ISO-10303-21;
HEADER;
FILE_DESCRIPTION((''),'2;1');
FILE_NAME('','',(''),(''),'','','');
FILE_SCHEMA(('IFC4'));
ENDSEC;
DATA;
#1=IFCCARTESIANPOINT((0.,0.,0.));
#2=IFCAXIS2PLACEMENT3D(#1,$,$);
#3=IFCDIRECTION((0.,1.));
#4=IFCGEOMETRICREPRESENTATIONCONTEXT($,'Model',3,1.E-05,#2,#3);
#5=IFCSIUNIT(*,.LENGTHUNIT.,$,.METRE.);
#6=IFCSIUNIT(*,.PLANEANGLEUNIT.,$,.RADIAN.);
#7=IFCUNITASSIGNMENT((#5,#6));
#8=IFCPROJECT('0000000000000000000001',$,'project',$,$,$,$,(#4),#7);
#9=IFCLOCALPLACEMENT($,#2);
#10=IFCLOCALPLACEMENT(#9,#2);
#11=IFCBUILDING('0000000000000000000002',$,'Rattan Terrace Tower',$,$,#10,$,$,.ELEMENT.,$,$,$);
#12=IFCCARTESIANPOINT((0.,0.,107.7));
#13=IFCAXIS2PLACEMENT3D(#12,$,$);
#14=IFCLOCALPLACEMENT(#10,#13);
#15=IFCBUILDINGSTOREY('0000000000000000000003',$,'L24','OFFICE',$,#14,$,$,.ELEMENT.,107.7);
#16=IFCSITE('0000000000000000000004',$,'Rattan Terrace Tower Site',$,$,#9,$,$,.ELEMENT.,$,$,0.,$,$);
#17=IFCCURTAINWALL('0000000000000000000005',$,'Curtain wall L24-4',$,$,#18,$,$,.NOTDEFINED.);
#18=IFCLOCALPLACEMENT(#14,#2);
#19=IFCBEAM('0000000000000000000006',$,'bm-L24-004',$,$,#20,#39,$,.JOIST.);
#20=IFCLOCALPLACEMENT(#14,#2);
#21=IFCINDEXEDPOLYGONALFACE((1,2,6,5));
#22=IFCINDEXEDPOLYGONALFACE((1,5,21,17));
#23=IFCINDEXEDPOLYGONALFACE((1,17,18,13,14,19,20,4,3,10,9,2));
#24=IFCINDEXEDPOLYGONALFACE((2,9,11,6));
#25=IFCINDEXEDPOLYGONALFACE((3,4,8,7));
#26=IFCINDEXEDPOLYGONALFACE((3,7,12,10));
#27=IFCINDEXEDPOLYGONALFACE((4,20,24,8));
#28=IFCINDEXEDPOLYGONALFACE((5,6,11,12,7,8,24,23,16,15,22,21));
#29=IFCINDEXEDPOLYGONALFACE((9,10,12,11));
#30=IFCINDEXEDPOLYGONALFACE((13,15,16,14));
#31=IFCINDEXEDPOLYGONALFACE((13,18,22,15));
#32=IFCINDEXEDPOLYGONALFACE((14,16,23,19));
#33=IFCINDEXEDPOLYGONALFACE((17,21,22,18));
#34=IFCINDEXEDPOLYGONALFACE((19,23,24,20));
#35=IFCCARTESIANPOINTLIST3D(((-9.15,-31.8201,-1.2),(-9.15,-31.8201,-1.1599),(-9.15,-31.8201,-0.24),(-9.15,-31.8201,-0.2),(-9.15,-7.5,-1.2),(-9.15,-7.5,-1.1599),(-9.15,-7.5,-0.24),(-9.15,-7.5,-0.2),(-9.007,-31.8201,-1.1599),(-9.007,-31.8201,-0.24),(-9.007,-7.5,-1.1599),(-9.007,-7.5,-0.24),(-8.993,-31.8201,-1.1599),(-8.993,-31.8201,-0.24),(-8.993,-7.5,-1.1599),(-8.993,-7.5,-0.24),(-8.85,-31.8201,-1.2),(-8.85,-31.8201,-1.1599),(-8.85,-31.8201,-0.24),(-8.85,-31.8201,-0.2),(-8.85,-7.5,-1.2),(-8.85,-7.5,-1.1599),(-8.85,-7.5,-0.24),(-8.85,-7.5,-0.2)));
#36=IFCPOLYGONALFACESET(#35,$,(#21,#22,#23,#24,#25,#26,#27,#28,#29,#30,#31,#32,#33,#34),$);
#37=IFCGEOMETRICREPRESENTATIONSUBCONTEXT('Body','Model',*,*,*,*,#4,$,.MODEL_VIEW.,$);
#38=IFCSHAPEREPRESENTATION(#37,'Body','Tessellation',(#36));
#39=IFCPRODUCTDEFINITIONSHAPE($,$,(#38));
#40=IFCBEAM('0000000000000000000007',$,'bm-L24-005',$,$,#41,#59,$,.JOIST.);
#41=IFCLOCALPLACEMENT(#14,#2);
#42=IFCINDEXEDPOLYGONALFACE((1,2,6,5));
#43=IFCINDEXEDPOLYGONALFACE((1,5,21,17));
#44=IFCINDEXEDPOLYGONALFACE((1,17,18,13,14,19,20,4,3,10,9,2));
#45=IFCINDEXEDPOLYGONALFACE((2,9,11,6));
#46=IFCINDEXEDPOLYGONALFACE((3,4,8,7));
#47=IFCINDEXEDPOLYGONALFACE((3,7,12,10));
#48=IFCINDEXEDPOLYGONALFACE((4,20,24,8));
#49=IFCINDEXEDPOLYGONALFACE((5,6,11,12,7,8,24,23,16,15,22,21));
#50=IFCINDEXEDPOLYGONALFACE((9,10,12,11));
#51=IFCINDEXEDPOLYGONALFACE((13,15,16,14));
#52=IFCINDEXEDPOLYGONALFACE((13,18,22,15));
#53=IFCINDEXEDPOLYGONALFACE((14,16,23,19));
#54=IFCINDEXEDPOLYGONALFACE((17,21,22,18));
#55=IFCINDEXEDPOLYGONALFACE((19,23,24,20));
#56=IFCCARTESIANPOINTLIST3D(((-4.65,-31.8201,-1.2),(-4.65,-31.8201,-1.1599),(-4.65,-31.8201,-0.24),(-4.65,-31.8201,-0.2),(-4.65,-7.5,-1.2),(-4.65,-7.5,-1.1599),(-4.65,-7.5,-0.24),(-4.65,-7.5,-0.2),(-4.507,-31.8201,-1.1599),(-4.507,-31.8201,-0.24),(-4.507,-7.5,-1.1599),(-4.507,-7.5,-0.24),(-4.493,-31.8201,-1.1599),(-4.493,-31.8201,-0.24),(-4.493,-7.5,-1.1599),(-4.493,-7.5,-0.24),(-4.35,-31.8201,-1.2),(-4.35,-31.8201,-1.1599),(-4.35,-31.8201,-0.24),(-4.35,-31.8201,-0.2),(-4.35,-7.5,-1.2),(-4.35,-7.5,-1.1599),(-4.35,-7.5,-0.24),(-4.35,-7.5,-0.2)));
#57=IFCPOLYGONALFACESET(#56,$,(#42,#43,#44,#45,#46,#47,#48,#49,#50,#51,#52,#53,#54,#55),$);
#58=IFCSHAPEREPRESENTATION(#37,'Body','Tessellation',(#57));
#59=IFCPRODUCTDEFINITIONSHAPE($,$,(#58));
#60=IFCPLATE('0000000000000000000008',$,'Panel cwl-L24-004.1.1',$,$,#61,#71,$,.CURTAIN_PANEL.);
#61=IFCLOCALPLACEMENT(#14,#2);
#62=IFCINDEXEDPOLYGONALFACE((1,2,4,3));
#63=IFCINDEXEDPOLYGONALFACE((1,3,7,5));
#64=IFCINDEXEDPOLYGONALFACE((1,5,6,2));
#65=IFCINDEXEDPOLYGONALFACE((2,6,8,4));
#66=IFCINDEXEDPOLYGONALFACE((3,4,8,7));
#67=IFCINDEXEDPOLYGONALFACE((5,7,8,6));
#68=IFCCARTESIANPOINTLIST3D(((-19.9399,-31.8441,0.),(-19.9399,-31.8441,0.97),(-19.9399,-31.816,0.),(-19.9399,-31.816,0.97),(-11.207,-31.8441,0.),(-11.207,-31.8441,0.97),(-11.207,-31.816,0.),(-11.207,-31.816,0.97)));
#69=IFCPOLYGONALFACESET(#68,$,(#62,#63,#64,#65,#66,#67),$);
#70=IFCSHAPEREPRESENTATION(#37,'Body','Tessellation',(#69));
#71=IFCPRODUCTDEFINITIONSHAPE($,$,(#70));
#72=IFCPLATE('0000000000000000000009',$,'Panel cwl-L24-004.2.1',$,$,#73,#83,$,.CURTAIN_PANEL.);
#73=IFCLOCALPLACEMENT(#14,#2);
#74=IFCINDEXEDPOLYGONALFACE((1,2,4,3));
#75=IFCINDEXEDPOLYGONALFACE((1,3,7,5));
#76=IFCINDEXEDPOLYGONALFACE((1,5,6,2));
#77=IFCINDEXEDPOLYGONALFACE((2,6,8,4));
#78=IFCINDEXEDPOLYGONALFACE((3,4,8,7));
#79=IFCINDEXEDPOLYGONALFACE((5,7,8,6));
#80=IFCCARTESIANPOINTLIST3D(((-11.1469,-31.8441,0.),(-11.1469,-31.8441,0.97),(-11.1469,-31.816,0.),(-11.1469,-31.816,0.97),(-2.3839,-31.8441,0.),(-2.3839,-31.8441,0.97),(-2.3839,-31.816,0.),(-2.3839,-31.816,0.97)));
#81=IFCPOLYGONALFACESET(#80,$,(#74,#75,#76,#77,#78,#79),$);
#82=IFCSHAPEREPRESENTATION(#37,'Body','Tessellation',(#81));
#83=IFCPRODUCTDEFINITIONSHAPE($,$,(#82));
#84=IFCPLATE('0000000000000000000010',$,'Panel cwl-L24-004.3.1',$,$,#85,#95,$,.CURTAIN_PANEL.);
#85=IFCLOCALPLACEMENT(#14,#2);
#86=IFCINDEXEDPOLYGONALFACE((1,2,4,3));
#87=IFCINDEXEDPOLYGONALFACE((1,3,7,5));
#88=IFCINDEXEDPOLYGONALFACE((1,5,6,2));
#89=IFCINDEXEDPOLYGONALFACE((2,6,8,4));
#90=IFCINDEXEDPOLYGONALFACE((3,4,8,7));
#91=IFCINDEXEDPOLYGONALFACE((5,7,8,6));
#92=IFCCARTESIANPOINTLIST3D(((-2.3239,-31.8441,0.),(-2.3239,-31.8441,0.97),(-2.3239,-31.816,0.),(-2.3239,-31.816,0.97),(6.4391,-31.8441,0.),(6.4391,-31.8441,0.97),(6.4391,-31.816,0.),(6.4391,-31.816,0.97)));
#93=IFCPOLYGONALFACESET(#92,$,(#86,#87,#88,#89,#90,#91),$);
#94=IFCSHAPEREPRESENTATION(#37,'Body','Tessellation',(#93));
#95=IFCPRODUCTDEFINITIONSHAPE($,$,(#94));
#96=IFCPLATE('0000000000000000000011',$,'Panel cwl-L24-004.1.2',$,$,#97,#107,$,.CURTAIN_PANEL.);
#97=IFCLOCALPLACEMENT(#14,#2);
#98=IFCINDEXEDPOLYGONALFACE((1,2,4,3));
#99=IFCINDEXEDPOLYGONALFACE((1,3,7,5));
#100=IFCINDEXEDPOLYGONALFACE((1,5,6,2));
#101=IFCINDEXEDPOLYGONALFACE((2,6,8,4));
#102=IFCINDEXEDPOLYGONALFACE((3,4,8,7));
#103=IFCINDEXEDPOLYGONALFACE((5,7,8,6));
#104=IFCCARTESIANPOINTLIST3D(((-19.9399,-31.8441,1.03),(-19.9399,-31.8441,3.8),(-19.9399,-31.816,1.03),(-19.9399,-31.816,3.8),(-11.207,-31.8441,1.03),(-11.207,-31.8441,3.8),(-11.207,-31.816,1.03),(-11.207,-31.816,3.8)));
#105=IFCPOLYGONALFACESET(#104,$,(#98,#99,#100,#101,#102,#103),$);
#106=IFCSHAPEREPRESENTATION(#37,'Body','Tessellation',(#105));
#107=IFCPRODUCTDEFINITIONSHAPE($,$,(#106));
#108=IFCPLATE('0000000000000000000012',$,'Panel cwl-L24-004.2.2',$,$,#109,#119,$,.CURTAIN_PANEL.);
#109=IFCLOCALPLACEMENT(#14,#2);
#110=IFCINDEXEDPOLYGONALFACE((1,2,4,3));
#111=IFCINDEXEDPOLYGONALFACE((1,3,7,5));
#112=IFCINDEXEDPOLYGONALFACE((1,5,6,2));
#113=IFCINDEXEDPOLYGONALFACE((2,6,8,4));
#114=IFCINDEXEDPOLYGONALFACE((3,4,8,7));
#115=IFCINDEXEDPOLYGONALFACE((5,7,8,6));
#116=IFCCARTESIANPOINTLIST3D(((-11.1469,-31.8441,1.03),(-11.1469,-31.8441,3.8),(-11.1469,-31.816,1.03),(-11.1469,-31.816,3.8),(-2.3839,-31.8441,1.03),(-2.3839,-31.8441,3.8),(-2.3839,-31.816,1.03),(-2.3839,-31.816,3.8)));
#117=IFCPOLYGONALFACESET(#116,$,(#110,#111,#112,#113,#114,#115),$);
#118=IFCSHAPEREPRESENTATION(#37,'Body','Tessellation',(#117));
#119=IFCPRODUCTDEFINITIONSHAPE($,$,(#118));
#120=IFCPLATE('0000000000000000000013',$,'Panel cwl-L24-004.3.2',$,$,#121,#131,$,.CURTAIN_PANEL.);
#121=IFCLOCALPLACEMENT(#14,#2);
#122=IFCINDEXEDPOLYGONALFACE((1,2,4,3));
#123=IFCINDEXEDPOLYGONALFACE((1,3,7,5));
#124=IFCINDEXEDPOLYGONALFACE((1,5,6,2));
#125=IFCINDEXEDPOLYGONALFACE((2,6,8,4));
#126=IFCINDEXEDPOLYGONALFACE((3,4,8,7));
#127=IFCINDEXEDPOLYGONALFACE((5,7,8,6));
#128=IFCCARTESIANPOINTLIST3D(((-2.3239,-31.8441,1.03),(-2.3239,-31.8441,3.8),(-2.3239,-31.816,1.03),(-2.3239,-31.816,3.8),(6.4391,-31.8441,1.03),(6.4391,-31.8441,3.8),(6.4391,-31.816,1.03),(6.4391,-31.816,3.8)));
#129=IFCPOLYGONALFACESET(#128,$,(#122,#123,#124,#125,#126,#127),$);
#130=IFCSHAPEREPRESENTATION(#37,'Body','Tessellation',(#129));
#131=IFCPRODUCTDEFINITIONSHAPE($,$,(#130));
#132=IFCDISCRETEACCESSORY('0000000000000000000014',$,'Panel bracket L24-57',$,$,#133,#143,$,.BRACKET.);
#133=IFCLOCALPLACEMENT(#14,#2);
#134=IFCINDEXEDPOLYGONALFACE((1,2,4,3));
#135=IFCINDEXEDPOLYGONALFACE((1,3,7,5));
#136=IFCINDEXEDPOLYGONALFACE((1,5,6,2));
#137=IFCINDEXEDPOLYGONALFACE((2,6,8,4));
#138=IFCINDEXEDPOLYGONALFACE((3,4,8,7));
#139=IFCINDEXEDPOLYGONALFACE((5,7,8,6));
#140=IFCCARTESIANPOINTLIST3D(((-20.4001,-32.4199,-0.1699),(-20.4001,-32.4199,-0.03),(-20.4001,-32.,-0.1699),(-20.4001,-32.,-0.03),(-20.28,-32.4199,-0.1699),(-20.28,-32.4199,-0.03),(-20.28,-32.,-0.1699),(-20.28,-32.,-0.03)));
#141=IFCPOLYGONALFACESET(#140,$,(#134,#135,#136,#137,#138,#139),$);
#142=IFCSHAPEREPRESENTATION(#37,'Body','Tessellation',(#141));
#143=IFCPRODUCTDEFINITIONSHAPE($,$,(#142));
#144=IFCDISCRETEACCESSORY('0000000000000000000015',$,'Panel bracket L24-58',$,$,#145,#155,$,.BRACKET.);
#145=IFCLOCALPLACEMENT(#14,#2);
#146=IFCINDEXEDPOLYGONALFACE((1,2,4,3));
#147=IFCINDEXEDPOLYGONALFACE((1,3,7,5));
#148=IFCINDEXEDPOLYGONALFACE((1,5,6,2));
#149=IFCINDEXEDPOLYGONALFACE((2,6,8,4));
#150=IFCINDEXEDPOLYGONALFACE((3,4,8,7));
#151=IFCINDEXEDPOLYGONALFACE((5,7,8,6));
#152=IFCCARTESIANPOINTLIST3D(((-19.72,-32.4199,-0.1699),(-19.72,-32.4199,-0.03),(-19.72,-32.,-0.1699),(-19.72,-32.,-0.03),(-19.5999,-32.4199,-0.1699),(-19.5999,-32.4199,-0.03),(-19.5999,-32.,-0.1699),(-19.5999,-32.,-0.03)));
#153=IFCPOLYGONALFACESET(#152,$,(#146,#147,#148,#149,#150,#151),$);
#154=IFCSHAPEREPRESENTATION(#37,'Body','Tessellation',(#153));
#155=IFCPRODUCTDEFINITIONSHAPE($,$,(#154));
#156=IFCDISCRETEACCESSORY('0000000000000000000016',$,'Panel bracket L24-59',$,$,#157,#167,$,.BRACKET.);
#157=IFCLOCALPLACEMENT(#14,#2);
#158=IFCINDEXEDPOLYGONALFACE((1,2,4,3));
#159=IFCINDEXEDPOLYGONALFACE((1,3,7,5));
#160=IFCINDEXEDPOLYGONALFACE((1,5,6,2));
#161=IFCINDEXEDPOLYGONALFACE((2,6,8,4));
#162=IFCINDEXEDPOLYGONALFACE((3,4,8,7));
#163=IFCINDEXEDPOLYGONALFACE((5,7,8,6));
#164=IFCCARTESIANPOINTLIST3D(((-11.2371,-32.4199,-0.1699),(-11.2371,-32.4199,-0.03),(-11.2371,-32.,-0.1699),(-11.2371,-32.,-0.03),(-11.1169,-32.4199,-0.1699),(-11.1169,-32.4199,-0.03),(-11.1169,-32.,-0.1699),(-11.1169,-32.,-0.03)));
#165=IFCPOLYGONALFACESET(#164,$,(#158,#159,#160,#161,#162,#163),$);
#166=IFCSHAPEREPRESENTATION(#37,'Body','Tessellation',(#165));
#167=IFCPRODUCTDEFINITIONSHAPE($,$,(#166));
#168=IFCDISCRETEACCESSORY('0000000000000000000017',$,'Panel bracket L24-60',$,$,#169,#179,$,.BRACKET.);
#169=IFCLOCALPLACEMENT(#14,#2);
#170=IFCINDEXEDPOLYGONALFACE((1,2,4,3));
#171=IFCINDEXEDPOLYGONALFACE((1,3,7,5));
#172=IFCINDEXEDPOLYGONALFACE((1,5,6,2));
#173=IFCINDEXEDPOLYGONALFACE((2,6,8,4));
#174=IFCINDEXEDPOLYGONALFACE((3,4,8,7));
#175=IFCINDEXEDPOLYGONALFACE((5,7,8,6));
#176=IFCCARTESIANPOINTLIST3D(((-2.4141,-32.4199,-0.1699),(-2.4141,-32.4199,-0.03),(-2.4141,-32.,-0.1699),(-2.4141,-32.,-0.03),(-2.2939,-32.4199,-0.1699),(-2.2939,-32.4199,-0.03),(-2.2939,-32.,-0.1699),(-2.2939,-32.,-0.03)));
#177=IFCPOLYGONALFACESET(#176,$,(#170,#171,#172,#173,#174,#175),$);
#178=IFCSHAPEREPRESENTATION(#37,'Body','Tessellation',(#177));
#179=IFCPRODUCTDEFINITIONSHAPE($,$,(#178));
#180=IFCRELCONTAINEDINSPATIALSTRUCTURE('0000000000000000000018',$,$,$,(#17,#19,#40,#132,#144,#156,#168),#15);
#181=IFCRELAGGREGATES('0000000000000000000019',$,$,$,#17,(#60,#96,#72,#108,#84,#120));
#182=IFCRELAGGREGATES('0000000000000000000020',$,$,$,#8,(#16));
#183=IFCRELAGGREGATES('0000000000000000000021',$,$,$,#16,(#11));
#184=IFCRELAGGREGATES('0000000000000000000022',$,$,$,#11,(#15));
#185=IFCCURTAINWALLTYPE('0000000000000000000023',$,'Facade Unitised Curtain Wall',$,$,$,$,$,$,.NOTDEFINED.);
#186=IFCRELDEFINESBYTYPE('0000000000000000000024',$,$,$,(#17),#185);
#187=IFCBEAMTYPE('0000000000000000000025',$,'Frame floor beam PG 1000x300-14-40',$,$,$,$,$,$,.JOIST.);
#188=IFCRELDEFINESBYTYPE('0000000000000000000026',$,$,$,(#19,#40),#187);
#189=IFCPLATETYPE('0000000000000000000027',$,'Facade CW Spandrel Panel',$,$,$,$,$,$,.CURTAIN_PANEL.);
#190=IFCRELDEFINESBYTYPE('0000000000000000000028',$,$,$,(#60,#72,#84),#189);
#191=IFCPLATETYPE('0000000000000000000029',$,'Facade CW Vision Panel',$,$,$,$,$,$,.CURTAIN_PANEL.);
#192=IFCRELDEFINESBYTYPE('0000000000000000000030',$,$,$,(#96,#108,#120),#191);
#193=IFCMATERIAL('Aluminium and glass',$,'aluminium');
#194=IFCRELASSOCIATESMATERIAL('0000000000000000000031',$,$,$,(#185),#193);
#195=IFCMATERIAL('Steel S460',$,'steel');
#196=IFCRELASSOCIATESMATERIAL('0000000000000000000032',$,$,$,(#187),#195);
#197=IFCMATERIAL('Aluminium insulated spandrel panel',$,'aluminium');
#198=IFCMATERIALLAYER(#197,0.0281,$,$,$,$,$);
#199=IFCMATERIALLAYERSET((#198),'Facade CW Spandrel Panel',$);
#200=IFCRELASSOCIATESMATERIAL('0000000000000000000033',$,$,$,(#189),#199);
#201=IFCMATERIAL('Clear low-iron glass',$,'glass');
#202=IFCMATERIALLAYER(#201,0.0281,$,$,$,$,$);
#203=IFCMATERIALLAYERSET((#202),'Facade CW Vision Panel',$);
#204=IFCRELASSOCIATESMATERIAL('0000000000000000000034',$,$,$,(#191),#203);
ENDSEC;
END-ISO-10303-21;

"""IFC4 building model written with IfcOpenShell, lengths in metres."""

from ifc_helpers import new_model, si_unit, direction, frame, origin, origin_2d, place, context, subcontext, project, spatial, rectangle, i_section, extrude, material, layer, layer_set, material_profile, profile_set, type_object, element, aggregate, save


model = new_model("IFC4")

# Units and contexts
model_context = context("Model", 3, precision=1e-05, world=origin(), true_north=direction((0.0, 1.0)))
body_context = subcontext(model_context, "Body", "Model", "MODEL_VIEW")
ifc_project = project(units=[si_unit("LENGTHUNIT", "METRE"), si_unit("PLANEANGLEUNIT", "RADIAN")], contexts=[model_context])

# Site, building, storey
site_placement = place(None, origin())
site = spatial("IfcSite", under=ifc_project, at=site_placement, Name="Rattan Terrace Tower Site", CompositionType="ELEMENT", RefElevation=0.0)
building_placement = place(site_placement, origin())
building = spatial("IfcBuilding", under=site, at=building_placement, Name="Rattan Terrace Tower", CompositionType="ELEMENT")
storey_placement = place(building_placement, frame((0.0, 0.0, 107.7)))
storey = spatial("IfcBuildingStorey", under=building, at=storey_placement, Name="L24", Description="OFFICE", CompositionType="ELEMENT", Elevation=107.7)

# Curtain wall
ifc_material_1 = material(Name="Aluminium and glass", Category="aluminium")
curtain_wall_type = type_object("IfcCurtainWallType", Name="Facade Unitised Curtain Wall", PredefinedType="NOTDEFINED", material=ifc_material_1)
curtain_wall_placement = place(storey_placement, origin())
curtain_wall = element("IfcCurtainWall", 1, at=curtain_wall_placement, inside=storey, type_object=curtain_wall_type, Name="Curtain wall L24-4", PredefinedType="NOTDEFINED")

# Beams
ifc_material_2 = material(Name="Steel S460", Category="steel")
ifc_material_profile_1 = material_profile(ifc_material_2, i_section(OverallWidth=0.3, OverallDepth=1.0, WebThickness=0.0139, FlangeThickness=0.04, at=origin_2d()), Name="PG 1000x300-14-40")
ifc_profile_set_1 = profile_set([ifc_material_profile_1], Name="Steel S460")
beam_type_1 = type_object("IfcBeamType", Name="Frame floor beam PG 1000x300-14-40", PredefinedType="JOIST", material=ifc_profile_set_1)
for number, where, z_axis, x_axis, name in (
    (2, (-9.0, -31.8201, -0.7), (0.0, 1.0, 0.0), (-1.0, 0.0, 0.0), "bm-L24-004"),
    (3, (-4.5, -31.8201, -0.7), (0.0, 1.0, 0.0), (-1.0, 0.0, 0.0), "bm-L24-005"),
):
    element("IfcBeam", number, at=place(storey_placement, frame(where, z_axis=z_axis, x_axis=x_axis)), inside=storey, type_object=beam_type_1, Name=name, PredefinedType="JOIST", context=body_context, shape_type="SweptSolid", body=[
        extrude(i_section(OverallWidth=0.3, OverallDepth=1.0, WebThickness=0.0139, FlangeThickness=0.04, at=origin_2d()), origin(), (0.0, 0.0, 1.0), 24.3201),
    ])

# Plates
ifc_material_3 = material(Name="Aluminium insulated spandrel panel", Category="aluminium")
ifc_layer_1 = layer(ifc_material_3, 0.0281)
ifc_layer_set_1 = layer_set([ifc_layer_1], Name="Facade CW Spandrel Panel")
plate_type_1 = type_object("IfcPlateType", Name="Facade CW Spandrel Panel", PredefinedType="CURTAIN_PANEL", material=ifc_layer_set_1)
plate_1_placement = place(storey_placement, frame((-15.5735, -31.8301, 0.0), z_axis=(0.0, 0.0, 1.0), x_axis=(1.0, 0.0, 0.0)))
plate_1 = element("IfcPlate", 4, at=plate_1_placement, type_object=plate_type_1, Name="Panel cwl-L24-004.1.1", PredefinedType="CURTAIN_PANEL", context=body_context, shape_type="SweptSolid", body=[
    extrude(rectangle(XDim=8.7329, YDim=0.0281, at=origin_2d()), origin(), (0.0, 0.0, 1.0), 0.97),
])
plate_2_placement = place(storey_placement, frame((-6.7654, -31.8301, 0.0), z_axis=(0.0, 0.0, 1.0), x_axis=(1.0, 0.0, 0.0)))
plate_2 = element("IfcPlate", 5, at=plate_2_placement, type_object=plate_type_1, Name="Panel cwl-L24-004.2.1", PredefinedType="CURTAIN_PANEL", context=body_context, shape_type="SweptSolid", body=[
    extrude(rectangle(XDim=8.7629, YDim=0.0281, at=origin_2d()), origin(), (0.0, 0.0, 1.0), 0.97),
])
plate_3_placement = place(storey_placement, frame((2.0576, -31.8301, 0.0), z_axis=(0.0, 0.0, 1.0), x_axis=(1.0, 0.0, 0.0)))
plate_3 = element("IfcPlate", 6, at=plate_3_placement, type_object=plate_type_1, Name="Panel cwl-L24-004.3.1", PredefinedType="CURTAIN_PANEL", context=body_context, shape_type="SweptSolid", body=[
    extrude(rectangle(XDim=8.7629, YDim=0.0281, at=origin_2d()), origin(), (0.0, 0.0, 1.0), 0.97),
])
ifc_material_4 = material(Name="Clear low-iron glass", Category="glass")
ifc_layer_2 = layer(ifc_material_4, 0.0281)
ifc_layer_set_2 = layer_set([ifc_layer_2], Name="Facade CW Vision Panel")
plate_type_2 = type_object("IfcPlateType", Name="Facade CW Vision Panel", PredefinedType="CURTAIN_PANEL", material=ifc_layer_set_2)
plate_4_placement = place(storey_placement, frame((-15.5735, -31.8301, 1.03), z_axis=(0.0, 0.0, 1.0), x_axis=(1.0, 0.0, 0.0)))
plate_4 = element("IfcPlate", 7, at=plate_4_placement, type_object=plate_type_2, Name="Panel cwl-L24-004.1.2", PredefinedType="CURTAIN_PANEL", context=body_context, shape_type="SweptSolid", body=[
    extrude(rectangle(XDim=8.7329, YDim=0.0281, at=origin_2d()), origin(), (0.0, 0.0, 1.0), 2.77),
])
plate_5_placement = place(storey_placement, frame((-6.7654, -31.8301, 1.03), z_axis=(0.0, 0.0, 1.0), x_axis=(1.0, 0.0, 0.0)))
plate_5 = element("IfcPlate", 8, at=plate_5_placement, type_object=plate_type_2, Name="Panel cwl-L24-004.2.2", PredefinedType="CURTAIN_PANEL", context=body_context, shape_type="SweptSolid", body=[
    extrude(rectangle(XDim=8.7629, YDim=0.0281, at=origin_2d()), origin(), (0.0, 0.0, 1.0), 2.77),
])
plate_6_placement = place(storey_placement, frame((2.0576, -31.8301, 1.03), z_axis=(0.0, 0.0, 1.0), x_axis=(1.0, 0.0, 0.0)))
plate_6 = element("IfcPlate", 9, at=plate_6_placement, type_object=plate_type_2, Name="Panel cwl-L24-004.3.2", PredefinedType="CURTAIN_PANEL", context=body_context, shape_type="SweptSolid", body=[
    extrude(rectangle(XDim=8.7629, YDim=0.0281, at=origin_2d()), origin(), (0.0, 0.0, 1.0), 2.77),
])
aggregate(curtain_wall, [plate_1, plate_4, plate_2, plate_5, plate_3, plate_6])

# Discrete accessories
for number, where, z_axis, x_axis, name in (
    (10, (-20.3401, -32.21, -0.1699), (0.0, 0.0, 1.0), (1.0, 0.0, 0.0), "Panel bracket L24-57"),
    (11, (-19.6599, -32.21, -0.1699), (0.0, 0.0, 1.0), (1.0, 0.0, 0.0), "Panel bracket L24-58"),
    (12, (-11.177, -32.21, -0.1699), (0.0, 0.0, 1.0), (1.0, 0.0, 0.0), "Panel bracket L24-59"),
    (13, (-2.354, -32.21, -0.1699), (0.0, 0.0, 1.0), (1.0, 0.0, 0.0), "Panel bracket L24-60"),
):
    element("IfcDiscreteAccessory", number, at=place(storey_placement, frame(where, z_axis=z_axis, x_axis=x_axis)), inside=storey, Name=name, PredefinedType="BRACKET", context=body_context, shape_type="SweptSolid", body=[
        extrude(rectangle(XDim=0.1201, YDim=0.4199, at=origin_2d()), origin(), (0.0, 0.0, 1.0), 0.1399),
    ])

save(model, "model.ifc")
